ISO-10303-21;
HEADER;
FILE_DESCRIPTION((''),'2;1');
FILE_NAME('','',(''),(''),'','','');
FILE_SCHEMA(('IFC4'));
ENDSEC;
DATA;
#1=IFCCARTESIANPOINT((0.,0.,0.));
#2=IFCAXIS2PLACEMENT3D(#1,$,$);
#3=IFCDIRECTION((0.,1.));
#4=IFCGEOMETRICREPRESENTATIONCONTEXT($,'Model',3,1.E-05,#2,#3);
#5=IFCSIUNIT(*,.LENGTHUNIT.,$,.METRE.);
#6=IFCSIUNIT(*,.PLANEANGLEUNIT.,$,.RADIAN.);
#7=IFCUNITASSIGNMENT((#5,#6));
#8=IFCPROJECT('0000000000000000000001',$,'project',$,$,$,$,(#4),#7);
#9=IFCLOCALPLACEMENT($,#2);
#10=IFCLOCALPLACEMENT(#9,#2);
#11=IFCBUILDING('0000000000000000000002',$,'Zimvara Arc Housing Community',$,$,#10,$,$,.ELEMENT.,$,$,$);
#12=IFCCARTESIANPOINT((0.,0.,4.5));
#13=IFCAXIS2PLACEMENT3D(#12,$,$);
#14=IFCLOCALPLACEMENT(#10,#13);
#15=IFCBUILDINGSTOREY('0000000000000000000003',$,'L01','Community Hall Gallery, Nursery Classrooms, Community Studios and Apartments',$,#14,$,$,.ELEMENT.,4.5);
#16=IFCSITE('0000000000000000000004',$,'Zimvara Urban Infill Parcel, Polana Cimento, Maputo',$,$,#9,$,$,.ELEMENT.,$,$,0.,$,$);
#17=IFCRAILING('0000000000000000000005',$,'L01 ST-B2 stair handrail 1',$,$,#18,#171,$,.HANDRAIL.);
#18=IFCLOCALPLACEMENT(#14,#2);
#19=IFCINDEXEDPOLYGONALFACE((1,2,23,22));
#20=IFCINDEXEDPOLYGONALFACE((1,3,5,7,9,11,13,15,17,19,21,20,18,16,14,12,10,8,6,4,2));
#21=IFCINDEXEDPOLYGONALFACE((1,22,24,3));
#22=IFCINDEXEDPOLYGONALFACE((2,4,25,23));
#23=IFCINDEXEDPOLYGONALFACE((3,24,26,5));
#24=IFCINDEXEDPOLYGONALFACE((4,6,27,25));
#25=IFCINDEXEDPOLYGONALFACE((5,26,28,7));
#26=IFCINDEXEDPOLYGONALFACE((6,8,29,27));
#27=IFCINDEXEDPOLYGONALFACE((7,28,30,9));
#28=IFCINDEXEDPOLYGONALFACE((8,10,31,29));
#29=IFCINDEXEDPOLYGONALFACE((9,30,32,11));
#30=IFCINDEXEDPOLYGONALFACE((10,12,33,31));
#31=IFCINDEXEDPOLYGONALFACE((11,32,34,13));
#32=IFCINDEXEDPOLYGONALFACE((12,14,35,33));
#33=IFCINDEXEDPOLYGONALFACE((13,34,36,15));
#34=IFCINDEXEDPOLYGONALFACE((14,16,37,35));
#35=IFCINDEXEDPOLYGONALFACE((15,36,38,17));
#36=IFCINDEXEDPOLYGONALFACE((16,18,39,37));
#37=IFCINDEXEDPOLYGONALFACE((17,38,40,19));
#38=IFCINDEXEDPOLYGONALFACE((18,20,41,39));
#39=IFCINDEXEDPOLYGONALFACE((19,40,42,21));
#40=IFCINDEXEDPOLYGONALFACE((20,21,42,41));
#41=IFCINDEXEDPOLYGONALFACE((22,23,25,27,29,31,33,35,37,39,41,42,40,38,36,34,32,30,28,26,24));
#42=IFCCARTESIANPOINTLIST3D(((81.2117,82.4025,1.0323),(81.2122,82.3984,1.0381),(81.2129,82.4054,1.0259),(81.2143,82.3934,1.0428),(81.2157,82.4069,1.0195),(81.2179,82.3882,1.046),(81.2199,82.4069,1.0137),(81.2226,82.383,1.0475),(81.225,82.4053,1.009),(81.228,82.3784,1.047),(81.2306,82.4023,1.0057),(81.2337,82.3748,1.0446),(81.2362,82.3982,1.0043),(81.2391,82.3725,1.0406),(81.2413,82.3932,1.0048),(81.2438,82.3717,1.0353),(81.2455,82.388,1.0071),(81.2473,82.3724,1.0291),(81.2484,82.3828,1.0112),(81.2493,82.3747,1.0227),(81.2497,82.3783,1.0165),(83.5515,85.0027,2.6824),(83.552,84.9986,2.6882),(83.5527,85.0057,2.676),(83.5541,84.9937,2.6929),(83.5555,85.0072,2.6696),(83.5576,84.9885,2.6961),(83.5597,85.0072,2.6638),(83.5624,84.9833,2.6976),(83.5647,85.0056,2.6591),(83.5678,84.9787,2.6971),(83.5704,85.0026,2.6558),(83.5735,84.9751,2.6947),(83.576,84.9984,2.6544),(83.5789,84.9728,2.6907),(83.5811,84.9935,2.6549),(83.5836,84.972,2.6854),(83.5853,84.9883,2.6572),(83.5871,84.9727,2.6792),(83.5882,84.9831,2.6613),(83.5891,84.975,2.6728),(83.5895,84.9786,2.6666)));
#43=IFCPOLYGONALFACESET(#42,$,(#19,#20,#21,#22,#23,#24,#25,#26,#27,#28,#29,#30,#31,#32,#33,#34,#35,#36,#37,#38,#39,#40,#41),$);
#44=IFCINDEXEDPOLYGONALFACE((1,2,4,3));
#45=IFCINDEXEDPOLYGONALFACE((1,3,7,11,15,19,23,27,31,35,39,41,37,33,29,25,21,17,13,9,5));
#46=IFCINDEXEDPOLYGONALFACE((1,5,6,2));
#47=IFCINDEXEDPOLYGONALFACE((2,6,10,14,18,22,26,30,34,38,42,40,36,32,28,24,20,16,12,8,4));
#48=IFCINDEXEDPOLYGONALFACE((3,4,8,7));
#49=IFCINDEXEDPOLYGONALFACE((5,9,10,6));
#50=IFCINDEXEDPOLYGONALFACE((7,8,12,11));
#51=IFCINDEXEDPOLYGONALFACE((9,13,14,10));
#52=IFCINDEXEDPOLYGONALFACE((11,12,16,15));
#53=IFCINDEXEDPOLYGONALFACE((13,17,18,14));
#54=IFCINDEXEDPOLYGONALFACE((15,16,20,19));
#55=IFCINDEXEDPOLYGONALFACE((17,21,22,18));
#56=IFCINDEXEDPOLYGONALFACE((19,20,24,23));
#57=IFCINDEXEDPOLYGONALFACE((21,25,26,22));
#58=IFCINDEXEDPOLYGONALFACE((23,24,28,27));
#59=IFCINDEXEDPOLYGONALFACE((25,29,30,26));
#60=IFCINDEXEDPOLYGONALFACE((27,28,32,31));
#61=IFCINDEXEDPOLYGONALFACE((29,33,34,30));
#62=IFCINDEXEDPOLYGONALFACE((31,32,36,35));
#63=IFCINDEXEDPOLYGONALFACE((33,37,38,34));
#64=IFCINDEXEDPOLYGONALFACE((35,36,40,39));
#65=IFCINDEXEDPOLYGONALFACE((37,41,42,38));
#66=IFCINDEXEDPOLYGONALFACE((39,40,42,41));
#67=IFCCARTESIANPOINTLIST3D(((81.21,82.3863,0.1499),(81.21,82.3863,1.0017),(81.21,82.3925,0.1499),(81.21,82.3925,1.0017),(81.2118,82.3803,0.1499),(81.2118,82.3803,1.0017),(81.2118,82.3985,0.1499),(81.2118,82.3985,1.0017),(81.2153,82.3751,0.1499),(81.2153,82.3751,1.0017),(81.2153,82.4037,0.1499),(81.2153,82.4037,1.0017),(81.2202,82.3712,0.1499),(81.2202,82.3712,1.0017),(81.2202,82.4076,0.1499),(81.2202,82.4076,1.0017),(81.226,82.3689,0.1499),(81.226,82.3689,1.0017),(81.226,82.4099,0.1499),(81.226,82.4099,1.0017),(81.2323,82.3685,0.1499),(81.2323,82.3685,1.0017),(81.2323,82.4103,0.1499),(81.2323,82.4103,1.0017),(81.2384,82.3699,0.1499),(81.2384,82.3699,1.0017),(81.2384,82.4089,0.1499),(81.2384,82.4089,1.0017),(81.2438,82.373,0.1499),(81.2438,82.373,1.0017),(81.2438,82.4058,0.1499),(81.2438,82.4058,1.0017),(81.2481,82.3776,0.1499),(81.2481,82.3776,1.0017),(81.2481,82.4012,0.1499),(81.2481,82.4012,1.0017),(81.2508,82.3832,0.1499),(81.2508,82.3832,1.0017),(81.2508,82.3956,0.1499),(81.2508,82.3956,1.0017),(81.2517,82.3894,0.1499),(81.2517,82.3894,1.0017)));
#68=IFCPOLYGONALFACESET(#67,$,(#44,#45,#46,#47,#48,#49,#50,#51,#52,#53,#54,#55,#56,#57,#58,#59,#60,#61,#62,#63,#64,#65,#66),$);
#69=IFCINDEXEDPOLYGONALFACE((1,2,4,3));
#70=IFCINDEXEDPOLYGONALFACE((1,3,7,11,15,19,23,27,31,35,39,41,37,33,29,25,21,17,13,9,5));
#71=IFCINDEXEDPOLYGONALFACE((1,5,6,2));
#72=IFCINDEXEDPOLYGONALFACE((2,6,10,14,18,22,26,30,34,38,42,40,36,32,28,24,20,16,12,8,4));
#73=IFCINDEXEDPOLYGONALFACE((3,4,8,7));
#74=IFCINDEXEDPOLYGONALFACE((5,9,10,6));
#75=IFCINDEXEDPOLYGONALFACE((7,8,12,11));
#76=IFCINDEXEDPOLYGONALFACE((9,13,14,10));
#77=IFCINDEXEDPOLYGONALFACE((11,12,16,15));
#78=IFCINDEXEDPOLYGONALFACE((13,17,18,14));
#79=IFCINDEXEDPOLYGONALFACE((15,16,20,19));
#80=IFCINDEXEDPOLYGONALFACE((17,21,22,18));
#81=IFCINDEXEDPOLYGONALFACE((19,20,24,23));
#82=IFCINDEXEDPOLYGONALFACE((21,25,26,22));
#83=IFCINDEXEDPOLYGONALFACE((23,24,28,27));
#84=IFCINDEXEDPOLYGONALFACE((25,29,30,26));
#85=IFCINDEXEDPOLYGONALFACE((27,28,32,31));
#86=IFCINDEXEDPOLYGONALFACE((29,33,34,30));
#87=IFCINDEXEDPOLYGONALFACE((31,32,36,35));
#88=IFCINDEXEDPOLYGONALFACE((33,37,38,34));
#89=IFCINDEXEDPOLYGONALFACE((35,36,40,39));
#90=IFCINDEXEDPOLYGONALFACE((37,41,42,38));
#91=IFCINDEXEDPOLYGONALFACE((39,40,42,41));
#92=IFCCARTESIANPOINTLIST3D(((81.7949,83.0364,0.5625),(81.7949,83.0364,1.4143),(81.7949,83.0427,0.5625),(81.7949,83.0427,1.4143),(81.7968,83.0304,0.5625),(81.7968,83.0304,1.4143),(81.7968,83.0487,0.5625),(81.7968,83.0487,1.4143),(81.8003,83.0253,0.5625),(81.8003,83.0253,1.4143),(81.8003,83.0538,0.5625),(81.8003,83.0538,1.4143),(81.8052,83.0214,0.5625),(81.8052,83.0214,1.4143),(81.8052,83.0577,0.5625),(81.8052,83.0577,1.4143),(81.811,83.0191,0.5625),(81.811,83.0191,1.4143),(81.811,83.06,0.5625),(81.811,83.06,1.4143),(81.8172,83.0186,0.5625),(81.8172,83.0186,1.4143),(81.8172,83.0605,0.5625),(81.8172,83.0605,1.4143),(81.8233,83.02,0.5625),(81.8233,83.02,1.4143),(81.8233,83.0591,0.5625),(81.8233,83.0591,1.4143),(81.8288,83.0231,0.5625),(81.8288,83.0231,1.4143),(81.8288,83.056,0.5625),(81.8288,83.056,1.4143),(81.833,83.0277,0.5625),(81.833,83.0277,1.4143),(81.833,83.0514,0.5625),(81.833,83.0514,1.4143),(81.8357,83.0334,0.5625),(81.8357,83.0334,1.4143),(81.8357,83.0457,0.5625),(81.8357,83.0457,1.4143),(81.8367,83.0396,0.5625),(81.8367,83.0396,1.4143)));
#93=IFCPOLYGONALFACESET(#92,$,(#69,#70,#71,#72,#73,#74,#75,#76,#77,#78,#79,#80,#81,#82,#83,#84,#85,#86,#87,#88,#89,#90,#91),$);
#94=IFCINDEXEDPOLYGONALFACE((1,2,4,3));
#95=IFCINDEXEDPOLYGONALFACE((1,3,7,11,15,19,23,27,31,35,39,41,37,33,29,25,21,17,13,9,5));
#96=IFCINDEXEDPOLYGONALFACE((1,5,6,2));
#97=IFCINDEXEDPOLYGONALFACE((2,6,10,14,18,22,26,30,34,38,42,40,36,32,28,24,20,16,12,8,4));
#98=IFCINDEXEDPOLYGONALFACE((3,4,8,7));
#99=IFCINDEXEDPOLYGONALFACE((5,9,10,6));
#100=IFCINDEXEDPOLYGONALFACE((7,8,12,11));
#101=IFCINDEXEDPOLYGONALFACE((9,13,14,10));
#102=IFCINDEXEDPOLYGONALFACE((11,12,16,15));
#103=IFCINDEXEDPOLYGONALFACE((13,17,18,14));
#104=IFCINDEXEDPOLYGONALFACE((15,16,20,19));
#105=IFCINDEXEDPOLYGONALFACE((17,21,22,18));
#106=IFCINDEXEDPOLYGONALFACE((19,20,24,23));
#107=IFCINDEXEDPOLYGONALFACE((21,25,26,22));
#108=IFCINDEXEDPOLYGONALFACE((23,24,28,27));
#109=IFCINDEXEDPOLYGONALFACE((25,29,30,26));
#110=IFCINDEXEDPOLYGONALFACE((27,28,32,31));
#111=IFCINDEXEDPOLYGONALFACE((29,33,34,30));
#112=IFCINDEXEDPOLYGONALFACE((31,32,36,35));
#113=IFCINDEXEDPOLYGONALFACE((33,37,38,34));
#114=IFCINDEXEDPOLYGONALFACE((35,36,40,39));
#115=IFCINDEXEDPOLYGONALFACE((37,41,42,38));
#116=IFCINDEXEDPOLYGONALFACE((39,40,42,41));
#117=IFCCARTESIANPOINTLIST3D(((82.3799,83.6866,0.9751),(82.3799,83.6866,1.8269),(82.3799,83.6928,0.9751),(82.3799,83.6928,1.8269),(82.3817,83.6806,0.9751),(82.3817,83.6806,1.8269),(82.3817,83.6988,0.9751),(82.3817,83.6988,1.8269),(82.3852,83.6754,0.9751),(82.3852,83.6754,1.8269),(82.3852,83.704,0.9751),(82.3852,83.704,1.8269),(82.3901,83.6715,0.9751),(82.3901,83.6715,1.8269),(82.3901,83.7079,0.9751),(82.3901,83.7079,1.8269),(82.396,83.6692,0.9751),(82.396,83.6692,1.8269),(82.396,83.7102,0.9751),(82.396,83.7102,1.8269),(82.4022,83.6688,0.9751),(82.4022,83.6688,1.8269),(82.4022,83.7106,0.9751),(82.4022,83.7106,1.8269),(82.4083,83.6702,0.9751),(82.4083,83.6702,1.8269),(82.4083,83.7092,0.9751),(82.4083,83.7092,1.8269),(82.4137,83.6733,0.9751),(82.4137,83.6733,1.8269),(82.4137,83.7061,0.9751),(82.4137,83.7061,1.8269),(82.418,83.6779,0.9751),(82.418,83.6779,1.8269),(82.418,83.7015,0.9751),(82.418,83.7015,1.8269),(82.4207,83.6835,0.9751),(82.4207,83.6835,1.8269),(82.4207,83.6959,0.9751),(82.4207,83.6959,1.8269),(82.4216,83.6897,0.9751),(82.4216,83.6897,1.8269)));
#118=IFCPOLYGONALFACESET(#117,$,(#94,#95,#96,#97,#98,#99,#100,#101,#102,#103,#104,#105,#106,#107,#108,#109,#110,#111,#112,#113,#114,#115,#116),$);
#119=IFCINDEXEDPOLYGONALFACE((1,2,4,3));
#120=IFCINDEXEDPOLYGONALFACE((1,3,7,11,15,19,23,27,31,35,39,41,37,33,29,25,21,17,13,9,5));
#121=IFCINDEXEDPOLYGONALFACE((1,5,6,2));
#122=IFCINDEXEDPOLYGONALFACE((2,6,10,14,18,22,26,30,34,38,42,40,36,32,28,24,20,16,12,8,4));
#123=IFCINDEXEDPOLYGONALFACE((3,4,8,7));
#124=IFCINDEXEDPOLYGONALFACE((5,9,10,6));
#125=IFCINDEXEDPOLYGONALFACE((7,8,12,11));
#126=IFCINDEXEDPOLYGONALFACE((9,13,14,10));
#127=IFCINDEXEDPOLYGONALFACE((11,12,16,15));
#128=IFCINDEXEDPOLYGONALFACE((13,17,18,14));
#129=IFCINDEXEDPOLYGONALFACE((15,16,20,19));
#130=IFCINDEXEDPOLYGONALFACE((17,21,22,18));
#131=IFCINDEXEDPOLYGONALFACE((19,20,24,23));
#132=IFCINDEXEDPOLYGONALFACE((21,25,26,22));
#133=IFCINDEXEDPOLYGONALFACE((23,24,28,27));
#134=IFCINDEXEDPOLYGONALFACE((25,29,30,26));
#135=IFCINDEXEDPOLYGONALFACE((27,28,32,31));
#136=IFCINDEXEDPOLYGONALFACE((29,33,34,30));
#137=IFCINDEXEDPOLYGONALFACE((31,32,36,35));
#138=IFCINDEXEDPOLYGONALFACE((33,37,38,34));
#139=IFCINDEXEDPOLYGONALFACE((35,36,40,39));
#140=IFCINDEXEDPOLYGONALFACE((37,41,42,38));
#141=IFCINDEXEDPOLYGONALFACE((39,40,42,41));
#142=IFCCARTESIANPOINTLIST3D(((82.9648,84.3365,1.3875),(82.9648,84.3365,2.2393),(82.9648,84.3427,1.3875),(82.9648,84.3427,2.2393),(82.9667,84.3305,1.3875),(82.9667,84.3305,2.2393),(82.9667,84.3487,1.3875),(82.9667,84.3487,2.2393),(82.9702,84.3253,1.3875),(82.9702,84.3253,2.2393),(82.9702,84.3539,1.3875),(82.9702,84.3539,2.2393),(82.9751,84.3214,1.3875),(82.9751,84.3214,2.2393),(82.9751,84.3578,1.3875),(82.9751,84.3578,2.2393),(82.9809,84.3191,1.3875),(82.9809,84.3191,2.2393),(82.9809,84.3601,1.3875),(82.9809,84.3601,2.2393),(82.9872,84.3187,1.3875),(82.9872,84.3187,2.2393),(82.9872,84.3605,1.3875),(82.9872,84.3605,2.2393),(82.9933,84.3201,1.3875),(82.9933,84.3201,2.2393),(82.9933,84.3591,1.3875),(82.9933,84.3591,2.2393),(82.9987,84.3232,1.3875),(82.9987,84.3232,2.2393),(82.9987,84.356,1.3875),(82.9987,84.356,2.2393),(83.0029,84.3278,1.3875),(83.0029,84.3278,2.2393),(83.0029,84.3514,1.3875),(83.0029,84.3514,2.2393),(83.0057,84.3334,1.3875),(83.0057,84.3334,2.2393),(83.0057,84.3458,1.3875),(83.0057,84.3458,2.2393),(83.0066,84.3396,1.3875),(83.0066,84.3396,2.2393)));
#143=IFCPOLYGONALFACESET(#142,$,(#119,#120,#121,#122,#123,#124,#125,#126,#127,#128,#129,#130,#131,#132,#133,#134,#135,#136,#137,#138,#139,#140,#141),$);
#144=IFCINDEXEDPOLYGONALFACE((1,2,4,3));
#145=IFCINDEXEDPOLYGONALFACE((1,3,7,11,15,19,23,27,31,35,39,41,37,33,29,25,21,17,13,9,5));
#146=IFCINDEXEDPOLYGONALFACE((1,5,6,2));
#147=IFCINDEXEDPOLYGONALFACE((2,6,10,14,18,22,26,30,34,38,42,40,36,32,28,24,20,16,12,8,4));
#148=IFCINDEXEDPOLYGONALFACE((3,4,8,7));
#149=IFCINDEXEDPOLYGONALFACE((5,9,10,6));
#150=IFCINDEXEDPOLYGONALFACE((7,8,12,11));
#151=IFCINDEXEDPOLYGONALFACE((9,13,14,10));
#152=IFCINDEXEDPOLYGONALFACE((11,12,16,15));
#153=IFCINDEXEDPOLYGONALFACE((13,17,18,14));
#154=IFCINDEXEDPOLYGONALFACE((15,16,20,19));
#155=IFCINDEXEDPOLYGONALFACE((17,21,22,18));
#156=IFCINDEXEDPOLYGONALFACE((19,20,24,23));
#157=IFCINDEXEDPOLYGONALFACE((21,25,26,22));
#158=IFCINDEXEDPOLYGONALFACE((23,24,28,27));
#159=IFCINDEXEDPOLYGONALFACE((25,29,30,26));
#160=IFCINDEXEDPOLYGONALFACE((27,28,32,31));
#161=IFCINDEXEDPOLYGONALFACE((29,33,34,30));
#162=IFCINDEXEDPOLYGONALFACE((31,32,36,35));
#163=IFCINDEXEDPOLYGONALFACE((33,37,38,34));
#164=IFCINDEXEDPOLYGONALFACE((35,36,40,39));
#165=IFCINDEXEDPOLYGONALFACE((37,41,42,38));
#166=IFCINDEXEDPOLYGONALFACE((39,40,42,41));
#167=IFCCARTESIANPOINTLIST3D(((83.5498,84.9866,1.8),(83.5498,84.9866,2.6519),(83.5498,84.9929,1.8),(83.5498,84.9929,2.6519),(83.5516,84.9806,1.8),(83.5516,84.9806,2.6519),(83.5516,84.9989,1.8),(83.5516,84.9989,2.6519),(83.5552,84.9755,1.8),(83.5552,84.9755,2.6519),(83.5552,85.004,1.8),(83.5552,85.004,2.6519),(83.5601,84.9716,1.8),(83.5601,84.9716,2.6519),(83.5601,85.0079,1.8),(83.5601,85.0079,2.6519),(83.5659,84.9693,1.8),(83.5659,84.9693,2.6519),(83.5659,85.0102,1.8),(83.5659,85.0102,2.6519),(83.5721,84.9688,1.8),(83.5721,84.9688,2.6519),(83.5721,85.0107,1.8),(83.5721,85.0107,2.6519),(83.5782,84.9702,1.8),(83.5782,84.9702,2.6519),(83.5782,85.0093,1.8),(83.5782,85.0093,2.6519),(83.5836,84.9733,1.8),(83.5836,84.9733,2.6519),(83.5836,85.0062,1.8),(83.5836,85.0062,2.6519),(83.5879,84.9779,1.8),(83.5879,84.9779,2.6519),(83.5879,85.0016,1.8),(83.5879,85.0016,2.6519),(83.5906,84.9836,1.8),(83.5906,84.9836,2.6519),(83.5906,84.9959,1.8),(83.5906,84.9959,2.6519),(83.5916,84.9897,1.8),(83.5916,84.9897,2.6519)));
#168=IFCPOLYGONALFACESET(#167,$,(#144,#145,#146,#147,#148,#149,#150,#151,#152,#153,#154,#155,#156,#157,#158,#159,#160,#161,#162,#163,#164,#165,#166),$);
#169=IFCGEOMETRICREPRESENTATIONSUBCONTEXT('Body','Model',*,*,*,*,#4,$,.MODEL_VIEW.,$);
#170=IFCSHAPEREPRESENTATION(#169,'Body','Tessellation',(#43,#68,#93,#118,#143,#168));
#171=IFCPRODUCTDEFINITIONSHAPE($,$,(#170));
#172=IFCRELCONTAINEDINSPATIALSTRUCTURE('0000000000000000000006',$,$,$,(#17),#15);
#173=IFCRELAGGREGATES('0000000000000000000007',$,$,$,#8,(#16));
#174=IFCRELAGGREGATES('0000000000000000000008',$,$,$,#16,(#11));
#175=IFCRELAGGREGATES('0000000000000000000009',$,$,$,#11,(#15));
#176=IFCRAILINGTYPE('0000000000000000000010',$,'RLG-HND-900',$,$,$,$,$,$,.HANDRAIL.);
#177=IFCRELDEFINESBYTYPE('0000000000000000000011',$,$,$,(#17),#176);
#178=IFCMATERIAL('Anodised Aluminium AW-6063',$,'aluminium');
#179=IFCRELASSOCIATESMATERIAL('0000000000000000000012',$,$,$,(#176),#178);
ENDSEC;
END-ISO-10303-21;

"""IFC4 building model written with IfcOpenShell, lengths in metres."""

from ifc_helpers import new_model, si_unit, direction, frame, origin, origin_2d, place, context, subcontext, project, spatial, circle, extrude, material, type_object, element, save


model = new_model("IFC4")

# Units and contexts
model_context = context("Model", 3, precision=1e-05, world=origin(), true_north=direction((0.0, 1.0)))
body_context = subcontext(model_context, "Body", "Model", "MODEL_VIEW")
ifc_project = project(units=[si_unit("LENGTHUNIT", "METRE"), si_unit("PLANEANGLEUNIT", "RADIAN")], contexts=[model_context])

# Site, building, storey
site_placement = place(None, origin())
site = spatial("IfcSite", under=ifc_project, at=site_placement, Name="Zimvara Urban Infill Parcel, Polana Cimento, Maputo", CompositionType="ELEMENT", RefElevation=0.0)
building_placement = place(site_placement, origin())
building = spatial("IfcBuilding", under=site, at=building_placement, Name="Zimvara Arc Housing Community", CompositionType="ELEMENT")
storey_placement = place(building_placement, frame((0.0, 0.0, 4.5)))
storey = spatial("IfcBuildingStorey", under=building, at=storey_placement, Name="L01", Description="Community Hall Gallery, Nursery Classrooms, Community Studios and Apartments", CompositionType="ELEMENT", Elevation=4.5)

# Railing
ifc_material_1 = material(Name="Anodised Aluminium AW-6063", Category="aluminium")
railing_type_1 = type_object("IfcRailingType", Name="RLG-HND-900", PredefinedType="HANDRAIL", material=ifc_material_1)
railing_1_placement = place(storey_placement, frame((81.2307, 82.3894, 0.1499)))
element("IfcRailing", 1, at=railing_1_placement, inside=storey, type_object=railing_type_1, Name="L01 ST-B2 stair handrail 1", PredefinedType="HANDRAIL", context=body_context, shape_type="SweptSolid", body=[
    extrude(circle(Radius=0.0239, at=origin_2d()), frame((0.0, 0.0, 0.876), z_axis=(0.60496, 0.672311, 0.42664), x_axis=(-0.74336, 0.668891, 0.0)), (0.0, 0.0, 1.0), 3.8677),
    extrude(circle(Radius=0.021, at=origin_2d()), origin(), (0.0, 0.0, 1.0), 0.8518),
    extrude(circle(Radius=0.021, at=origin_2d()), frame((0.585, 0.6501, 0.4126)), (0.0, 0.0, 1.0), 0.8518),
    extrude(circle(Radius=0.021, at=origin_2d()), frame((1.1699, 1.3003, 0.8252)), (0.0, 0.0, 1.0), 0.8518),
    extrude(circle(Radius=0.021, at=origin_2d()), frame((1.7549, 1.9502, 1.2375)), (0.0, 0.0, 1.0), 0.8518),
    extrude(circle(Radius=0.021, at=origin_2d()), frame((2.3398, 2.6003, 1.6501)), (0.0, 0.0, 1.0), 0.8518),
])

save(model, "model.ifc")
